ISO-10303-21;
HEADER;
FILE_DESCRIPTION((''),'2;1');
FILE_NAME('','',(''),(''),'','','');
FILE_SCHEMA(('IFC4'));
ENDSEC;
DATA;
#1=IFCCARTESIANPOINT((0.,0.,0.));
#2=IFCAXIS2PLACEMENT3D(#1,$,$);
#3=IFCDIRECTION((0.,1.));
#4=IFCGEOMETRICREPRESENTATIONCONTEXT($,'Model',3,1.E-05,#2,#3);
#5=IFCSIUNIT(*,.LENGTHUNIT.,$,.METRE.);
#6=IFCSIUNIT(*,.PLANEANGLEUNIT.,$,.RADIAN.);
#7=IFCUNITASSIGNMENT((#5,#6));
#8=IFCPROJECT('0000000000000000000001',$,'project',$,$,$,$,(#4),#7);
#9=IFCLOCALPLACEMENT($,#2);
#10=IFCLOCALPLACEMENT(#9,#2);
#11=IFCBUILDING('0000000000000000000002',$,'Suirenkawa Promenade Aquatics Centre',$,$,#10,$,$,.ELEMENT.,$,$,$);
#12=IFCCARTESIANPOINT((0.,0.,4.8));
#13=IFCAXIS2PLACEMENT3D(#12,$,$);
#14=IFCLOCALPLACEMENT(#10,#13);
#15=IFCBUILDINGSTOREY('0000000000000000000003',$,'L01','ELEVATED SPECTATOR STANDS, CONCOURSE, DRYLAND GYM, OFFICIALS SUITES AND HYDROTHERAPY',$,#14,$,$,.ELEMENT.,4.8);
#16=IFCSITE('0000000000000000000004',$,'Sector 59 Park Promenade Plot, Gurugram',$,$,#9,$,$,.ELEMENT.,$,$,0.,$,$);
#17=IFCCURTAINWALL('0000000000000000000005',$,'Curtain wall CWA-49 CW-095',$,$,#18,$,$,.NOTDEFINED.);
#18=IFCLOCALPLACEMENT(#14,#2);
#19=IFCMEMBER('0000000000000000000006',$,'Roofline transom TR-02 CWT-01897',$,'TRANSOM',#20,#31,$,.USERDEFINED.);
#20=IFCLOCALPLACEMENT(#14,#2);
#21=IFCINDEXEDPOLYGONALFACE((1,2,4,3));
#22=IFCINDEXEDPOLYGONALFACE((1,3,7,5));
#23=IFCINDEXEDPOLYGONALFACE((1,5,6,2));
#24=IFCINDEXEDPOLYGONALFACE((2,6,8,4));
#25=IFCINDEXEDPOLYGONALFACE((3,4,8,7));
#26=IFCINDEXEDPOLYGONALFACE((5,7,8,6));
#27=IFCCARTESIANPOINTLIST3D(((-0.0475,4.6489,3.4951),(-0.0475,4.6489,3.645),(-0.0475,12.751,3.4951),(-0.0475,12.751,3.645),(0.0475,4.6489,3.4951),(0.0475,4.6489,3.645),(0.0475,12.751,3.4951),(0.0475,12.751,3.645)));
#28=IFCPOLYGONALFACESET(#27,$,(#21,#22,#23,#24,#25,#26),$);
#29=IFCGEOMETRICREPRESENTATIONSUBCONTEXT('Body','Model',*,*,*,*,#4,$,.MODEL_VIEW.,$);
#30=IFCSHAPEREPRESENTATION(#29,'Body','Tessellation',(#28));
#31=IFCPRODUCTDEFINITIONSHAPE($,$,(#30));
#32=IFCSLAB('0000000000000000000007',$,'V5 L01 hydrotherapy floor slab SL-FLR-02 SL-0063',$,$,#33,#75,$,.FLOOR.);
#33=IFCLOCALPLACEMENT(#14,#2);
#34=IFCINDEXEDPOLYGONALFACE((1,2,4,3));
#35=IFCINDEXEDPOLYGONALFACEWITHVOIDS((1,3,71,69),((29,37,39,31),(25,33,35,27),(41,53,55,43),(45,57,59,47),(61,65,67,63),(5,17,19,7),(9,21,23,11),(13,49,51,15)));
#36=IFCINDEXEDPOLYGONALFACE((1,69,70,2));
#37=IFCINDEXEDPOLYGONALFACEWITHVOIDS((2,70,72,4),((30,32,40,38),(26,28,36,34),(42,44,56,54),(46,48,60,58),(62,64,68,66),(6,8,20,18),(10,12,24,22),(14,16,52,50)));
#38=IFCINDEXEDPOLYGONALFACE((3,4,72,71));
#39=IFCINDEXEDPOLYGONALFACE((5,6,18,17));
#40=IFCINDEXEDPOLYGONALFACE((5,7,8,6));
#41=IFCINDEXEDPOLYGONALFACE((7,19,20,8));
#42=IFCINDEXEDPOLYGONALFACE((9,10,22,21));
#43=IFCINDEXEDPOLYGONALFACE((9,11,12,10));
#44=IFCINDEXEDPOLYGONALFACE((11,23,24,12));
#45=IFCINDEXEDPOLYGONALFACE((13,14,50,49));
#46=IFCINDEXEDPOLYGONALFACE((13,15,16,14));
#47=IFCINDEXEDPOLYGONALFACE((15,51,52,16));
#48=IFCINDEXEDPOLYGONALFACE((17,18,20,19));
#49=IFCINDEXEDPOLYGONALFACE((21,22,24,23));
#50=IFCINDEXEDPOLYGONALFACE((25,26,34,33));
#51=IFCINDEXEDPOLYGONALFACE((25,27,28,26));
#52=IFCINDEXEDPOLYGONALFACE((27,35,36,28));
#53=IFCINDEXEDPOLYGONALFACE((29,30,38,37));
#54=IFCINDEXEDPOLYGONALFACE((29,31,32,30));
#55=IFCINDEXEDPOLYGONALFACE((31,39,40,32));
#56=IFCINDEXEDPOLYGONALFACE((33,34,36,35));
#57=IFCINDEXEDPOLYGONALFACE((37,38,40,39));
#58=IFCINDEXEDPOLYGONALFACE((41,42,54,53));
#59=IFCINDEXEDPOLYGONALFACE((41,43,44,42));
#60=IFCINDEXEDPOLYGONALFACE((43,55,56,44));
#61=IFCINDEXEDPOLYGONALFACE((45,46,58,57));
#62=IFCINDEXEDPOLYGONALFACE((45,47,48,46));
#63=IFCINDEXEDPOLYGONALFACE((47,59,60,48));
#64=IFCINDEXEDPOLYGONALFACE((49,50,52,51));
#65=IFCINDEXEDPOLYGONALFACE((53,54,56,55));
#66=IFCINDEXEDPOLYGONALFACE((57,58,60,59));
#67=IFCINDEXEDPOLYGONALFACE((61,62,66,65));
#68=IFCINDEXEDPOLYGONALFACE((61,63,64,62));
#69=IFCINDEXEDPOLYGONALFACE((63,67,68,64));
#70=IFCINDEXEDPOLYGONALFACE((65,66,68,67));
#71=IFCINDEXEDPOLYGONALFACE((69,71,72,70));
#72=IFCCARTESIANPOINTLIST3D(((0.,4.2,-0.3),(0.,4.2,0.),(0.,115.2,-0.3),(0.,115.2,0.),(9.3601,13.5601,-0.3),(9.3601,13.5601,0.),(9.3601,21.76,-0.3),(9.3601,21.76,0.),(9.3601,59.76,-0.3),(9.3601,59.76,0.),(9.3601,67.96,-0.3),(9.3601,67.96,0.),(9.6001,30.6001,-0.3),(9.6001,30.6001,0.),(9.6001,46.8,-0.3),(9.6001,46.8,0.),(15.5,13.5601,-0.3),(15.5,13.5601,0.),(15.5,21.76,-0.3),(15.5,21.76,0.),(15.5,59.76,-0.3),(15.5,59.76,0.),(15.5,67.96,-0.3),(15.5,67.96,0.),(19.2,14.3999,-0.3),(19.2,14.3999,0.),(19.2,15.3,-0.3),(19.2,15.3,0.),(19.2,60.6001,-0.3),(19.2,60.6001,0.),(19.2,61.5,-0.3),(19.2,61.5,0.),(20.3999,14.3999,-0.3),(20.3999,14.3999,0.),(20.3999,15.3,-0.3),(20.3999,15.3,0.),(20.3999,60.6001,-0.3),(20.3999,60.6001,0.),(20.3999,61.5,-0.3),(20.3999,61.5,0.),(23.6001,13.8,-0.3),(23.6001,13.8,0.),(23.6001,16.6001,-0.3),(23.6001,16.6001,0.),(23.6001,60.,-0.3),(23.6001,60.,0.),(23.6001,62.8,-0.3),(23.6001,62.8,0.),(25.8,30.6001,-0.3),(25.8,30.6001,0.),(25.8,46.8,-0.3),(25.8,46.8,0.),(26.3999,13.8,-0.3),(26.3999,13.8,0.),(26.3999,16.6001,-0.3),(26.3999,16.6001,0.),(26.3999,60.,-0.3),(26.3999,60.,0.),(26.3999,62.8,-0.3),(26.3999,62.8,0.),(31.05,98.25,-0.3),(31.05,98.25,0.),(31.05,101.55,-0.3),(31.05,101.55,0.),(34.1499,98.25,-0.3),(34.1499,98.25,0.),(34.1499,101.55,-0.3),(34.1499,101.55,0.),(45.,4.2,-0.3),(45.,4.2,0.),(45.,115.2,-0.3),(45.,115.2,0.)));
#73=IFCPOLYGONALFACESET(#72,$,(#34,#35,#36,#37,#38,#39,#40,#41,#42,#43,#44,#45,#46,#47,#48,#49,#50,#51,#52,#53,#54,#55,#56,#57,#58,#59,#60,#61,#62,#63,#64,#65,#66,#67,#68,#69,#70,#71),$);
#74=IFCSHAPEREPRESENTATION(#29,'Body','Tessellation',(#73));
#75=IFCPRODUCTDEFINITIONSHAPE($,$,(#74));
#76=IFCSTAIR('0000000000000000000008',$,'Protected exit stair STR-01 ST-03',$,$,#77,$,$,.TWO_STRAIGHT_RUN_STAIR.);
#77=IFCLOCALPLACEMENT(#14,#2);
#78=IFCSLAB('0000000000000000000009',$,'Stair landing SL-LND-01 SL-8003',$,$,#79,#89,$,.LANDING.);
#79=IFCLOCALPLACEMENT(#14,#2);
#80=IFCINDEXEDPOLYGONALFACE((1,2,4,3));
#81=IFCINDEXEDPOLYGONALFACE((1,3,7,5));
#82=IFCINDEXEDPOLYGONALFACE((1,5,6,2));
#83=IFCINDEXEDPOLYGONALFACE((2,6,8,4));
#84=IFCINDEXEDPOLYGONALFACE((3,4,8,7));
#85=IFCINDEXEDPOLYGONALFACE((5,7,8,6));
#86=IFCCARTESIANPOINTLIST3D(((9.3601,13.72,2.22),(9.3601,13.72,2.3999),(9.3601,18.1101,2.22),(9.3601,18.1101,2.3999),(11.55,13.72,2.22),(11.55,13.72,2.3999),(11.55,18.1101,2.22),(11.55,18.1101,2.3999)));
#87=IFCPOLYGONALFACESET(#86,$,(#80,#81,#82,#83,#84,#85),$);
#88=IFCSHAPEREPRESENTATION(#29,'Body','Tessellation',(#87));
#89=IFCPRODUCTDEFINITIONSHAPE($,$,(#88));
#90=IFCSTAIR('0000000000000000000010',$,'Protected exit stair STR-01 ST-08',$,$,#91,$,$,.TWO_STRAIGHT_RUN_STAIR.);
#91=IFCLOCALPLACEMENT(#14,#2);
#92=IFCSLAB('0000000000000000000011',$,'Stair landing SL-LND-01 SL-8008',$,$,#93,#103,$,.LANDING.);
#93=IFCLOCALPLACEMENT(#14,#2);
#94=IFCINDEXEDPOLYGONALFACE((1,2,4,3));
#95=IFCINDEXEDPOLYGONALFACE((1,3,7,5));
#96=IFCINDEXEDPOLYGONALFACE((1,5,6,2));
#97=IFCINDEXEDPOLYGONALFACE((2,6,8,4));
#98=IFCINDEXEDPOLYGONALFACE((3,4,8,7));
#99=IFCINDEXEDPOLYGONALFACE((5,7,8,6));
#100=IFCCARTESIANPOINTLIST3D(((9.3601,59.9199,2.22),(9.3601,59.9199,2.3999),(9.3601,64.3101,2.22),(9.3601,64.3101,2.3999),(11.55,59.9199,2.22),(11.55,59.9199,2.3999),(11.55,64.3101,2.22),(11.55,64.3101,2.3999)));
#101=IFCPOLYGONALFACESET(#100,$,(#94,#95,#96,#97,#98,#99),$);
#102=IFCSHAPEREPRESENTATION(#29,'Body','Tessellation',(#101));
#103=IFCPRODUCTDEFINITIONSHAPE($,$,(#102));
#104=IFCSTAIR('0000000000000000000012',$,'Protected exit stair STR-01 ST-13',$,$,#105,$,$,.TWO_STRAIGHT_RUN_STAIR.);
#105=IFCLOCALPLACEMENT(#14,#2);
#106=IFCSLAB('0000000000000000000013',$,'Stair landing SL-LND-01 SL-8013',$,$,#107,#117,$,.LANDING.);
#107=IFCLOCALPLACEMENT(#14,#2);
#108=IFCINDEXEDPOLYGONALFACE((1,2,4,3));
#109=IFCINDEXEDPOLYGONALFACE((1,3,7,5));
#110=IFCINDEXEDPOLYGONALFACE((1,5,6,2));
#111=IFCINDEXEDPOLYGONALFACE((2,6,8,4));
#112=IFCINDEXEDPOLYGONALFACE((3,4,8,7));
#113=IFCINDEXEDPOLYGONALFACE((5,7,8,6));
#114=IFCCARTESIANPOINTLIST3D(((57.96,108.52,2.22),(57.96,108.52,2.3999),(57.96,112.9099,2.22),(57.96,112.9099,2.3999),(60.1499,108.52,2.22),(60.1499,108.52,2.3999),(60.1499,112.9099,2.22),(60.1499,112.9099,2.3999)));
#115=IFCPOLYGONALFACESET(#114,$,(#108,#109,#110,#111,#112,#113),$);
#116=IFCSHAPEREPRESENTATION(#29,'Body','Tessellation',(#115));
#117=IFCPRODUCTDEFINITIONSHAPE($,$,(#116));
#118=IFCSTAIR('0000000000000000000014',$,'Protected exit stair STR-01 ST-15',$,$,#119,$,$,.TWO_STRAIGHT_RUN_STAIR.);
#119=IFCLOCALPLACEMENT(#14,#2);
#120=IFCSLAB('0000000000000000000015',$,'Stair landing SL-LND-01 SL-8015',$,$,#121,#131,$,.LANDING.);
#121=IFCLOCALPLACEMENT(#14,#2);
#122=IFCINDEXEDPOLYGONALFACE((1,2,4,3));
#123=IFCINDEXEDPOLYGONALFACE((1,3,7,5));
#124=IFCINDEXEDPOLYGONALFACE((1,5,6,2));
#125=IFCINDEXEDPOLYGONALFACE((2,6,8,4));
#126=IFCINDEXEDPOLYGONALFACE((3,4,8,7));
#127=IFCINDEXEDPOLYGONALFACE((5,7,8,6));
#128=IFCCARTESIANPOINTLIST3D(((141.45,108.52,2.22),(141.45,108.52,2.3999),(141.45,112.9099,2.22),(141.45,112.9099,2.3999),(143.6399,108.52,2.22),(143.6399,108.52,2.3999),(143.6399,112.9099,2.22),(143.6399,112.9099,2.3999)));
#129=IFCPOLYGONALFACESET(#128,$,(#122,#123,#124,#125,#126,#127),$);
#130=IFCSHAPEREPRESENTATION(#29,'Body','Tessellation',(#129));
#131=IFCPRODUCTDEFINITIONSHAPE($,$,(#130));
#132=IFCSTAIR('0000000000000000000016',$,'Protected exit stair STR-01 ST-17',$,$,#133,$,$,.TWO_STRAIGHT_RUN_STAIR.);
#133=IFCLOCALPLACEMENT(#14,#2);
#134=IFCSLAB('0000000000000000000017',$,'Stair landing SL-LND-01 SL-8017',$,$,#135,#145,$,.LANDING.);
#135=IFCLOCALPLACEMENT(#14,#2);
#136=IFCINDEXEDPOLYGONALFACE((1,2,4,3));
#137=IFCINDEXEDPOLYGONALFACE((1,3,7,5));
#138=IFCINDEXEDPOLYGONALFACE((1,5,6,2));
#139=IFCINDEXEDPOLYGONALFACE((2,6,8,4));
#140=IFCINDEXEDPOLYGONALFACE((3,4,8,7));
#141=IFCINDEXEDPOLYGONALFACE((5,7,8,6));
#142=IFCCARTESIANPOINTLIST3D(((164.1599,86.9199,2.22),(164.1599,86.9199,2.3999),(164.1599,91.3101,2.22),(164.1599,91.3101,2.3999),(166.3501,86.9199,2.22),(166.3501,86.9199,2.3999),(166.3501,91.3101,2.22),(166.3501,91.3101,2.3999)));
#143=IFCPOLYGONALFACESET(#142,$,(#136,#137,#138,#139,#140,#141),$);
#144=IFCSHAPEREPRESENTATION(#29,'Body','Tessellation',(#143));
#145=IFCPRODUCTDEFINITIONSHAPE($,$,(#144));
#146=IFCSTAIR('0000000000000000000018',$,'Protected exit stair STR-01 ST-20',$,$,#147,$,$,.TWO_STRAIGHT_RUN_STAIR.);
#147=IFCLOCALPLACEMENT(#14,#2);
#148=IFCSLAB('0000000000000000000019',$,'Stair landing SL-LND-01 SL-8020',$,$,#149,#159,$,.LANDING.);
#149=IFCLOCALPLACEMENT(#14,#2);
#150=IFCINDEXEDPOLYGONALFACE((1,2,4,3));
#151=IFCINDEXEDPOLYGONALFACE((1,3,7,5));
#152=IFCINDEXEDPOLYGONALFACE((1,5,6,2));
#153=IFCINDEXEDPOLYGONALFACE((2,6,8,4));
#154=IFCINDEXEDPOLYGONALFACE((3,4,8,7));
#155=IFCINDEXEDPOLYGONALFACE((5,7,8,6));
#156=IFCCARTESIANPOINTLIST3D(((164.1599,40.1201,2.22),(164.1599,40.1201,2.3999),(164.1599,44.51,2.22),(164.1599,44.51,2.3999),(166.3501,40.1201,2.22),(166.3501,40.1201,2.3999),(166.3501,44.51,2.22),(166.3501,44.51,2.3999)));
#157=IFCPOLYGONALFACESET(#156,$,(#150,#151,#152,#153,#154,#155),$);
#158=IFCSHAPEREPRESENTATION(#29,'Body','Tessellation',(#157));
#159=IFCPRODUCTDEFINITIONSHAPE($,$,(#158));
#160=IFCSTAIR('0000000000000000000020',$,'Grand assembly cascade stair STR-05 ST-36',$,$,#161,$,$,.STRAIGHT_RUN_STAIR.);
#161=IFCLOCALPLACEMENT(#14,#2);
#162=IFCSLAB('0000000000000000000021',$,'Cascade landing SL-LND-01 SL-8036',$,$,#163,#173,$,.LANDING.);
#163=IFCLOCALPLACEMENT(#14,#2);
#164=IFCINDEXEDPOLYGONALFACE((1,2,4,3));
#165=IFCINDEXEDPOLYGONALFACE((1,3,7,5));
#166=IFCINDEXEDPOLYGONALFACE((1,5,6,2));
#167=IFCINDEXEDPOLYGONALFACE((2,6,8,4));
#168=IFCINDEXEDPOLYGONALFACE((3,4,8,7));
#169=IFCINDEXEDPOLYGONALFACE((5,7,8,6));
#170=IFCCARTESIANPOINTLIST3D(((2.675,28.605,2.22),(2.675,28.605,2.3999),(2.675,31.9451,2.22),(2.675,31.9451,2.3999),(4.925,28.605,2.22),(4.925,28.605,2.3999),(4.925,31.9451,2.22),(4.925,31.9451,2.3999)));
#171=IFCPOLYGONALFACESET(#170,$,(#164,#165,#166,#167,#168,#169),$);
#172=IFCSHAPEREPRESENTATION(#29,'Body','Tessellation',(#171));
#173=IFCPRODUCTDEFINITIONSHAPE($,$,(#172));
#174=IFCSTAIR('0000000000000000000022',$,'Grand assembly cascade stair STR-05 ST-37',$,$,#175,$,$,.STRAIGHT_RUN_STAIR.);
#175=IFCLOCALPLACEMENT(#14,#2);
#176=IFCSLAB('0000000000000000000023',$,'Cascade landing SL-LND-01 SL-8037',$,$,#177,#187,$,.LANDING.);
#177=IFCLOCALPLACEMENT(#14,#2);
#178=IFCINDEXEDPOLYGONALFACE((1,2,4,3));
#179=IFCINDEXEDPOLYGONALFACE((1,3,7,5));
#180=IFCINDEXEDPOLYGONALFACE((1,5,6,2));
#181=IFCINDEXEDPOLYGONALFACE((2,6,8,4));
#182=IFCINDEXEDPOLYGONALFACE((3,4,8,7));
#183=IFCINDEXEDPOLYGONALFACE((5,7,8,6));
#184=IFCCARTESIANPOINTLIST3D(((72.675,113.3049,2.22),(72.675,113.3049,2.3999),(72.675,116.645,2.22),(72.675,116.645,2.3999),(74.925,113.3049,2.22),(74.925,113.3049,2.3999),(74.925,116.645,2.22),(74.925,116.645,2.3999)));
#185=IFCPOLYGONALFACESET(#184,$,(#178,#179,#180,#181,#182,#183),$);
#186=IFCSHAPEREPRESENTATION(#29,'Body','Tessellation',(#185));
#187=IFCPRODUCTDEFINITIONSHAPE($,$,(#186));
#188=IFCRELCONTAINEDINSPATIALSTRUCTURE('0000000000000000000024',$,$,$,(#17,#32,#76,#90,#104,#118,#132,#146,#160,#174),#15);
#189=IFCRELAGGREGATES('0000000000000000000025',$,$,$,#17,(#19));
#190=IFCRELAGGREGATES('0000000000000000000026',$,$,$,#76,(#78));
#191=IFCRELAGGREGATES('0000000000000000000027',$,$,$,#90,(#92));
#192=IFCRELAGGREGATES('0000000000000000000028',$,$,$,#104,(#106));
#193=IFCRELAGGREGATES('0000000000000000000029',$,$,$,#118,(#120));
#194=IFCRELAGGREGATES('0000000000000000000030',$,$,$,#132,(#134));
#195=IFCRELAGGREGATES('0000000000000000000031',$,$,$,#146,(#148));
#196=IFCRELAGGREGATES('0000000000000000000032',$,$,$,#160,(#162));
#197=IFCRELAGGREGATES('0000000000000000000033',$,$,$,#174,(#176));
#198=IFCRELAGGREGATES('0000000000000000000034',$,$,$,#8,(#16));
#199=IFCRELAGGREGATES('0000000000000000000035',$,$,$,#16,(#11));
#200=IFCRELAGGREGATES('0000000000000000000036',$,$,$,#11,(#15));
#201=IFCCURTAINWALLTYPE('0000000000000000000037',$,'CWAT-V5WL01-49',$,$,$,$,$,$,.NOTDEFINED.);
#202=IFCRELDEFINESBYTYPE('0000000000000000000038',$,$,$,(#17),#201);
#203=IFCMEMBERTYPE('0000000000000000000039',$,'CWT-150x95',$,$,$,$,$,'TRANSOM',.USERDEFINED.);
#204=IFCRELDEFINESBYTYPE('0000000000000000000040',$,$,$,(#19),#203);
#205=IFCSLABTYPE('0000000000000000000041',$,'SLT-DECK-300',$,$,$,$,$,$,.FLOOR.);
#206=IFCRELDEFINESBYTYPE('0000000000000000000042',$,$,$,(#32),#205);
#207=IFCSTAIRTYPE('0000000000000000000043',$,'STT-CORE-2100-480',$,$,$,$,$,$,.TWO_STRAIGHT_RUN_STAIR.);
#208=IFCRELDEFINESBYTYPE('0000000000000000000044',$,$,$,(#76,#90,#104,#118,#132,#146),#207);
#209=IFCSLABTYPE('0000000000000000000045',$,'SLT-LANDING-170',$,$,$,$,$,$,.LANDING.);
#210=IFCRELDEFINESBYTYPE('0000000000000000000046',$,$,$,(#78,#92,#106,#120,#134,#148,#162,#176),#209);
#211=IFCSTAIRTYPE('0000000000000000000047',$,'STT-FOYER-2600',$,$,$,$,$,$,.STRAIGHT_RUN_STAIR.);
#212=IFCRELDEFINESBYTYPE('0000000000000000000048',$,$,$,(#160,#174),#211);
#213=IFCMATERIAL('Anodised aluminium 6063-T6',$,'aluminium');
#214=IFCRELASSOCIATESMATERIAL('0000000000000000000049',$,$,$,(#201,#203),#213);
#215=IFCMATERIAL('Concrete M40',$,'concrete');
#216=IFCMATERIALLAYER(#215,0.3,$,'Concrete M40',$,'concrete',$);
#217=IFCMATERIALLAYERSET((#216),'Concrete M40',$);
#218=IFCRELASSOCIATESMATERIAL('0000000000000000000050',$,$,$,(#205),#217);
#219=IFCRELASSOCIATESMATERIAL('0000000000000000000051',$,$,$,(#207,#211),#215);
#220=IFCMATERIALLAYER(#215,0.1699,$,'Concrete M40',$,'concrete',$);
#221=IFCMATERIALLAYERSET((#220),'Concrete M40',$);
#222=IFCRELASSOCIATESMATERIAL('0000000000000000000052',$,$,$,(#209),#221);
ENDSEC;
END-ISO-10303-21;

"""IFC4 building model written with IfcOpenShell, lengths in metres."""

from ifc_helpers import new_model, si_unit, direction, frame, origin, origin_2d, place, context, subcontext, project, spatial, polyline, rectangle, outline, extrude, material, layer, layer_set, material_profile, profile_set, type_object, element, aggregate, save


model = new_model("IFC4")

# Units and contexts
model_context = context("Model", 3, precision=1e-05, world=origin(), true_north=direction((0.0, 1.0)))
body_context = subcontext(model_context, "Body", "Model", "MODEL_VIEW")
ifc_project = project(units=[si_unit("LENGTHUNIT", "METRE"), si_unit("PLANEANGLEUNIT", "RADIAN")], contexts=[model_context])

# Site, building, storey
site_placement = place(None, origin())
site = spatial("IfcSite", under=ifc_project, at=site_placement, Name="Sector 59 Park Promenade Plot, Gurugram", CompositionType="ELEMENT", RefElevation=0.0)
building_placement = place(site_placement, origin())
building = spatial("IfcBuilding", under=site, at=building_placement, Name="Suirenkawa Promenade Aquatics Centre", CompositionType="ELEMENT")
storey_placement = place(building_placement, frame((0.0, 0.0, 4.8)))
storey = spatial("IfcBuildingStorey", under=building, at=storey_placement, Name="L01", Description="ELEVATED SPECTATOR STANDS, CONCOURSE, DRYLAND GYM, OFFICIALS SUITES AND HYDROTHERAPY", CompositionType="ELEMENT", Elevation=4.8)

# Shared definitions
ifc_material_1 = material(Name="Concrete M40", Category="concrete")

# Curtain wall, member
ifc_material_2 = material(Name="Anodised aluminium 6063-T6", Category="aluminium")
curtain_wall_type = type_object("IfcCurtainWallType", Name="CWAT-V5WL01-49", PredefinedType="NOTDEFINED", material=ifc_material_2)
curtain_wall_placement = place(storey_placement, origin())
curtain_wall = element("IfcCurtainWall", 1, at=curtain_wall_placement, inside=storey, type_object=curtain_wall_type, Name="Curtain wall CWA-49 CW-095", PredefinedType="NOTDEFINED")
ifc_material_profile_1 = material_profile(ifc_material_2, rectangle(XDim=0.095, YDim=0.1499, at=origin_2d()), Name="ALU TRAN 95x150", Category="aluminium")
ifc_profile_set_1 = profile_set([ifc_material_profile_1], Name="Anodised aluminium 6063-T6")
member_type_1 = type_object("IfcMemberType", Name="CWT-150x95", ElementType="TRANSOM", PredefinedType="USERDEFINED", material=ifc_profile_set_1)
member_1_placement = place(storey_placement, frame((0.0, 4.6489, 3.5701), z_axis=(0.0, 1.0, 0.0), x_axis=(-1.0, 0.0, 0.0)))
member_1 = element("IfcMember", 2, at=member_1_placement, type_object=member_type_1, Name="Roofline transom TR-02 CWT-01897", ObjectType="TRANSOM", PredefinedType="USERDEFINED", context=body_context, shape_type="SweptSolid", body=[
    extrude(rectangle(XDim=0.095, YDim=0.1499, at=origin_2d()), origin(), (0.0, 0.0, 1.0), 8.1021),
])
aggregate(curtain_wall, [member_1])

# Slab
ifc_layer_1 = layer(ifc_material_1, 0.3, Name="Concrete M40", Category="concrete")
ifc_layer_set_1 = layer_set([ifc_layer_1], Name="Concrete M40")
slab_type_1 = type_object("IfcSlabType", Name="SLT-DECK-300", PredefinedType="FLOOR", material=ifc_layer_set_1)
slab_1_placement = place(storey_placement, frame((0.0, 0.0, -0.3)))
element("IfcSlab", 3, at=slab_1_placement, inside=storey, type_object=slab_type_1, Name="V5 L01 hydrotherapy floor slab SL-FLR-02 SL-0063", PredefinedType="FLOOR", context=body_context, shape_type="SweptSolid", body=[
    extrude(outline(polyline([(0.0, 4.2), (45.0, 4.2), (45.0, 115.2), (0.0, 115.2), (0.0, 4.2)]), holes=[polyline([(9.6001, 30.6001), (25.8, 30.6001), (25.8, 46.8), (9.6001, 46.8), (9.6001, 30.6001)]), polyline([(9.3601, 13.5601), (15.5, 13.5601), (15.5, 21.76), (9.3601, 21.76), (9.3601, 13.5601)]), polyline([(23.6001, 13.8), (26.3999, 13.8), (26.3999, 16.6001), (23.6001, 16.6001), (23.6001, 13.8)]), polyline([(9.3601, 59.76), (15.5, 59.76), (15.5, 67.96), (9.3601, 67.96), (9.3601, 59.76)]), polyline([(23.6001, 60.0), (26.3999, 60.0), (26.3999, 62.8), (23.6001, 62.8), (23.6001, 60.0)]), polyline([(19.2, 14.3999), (20.3999, 14.3999), (20.3999, 15.3), (19.2, 15.3), (19.2, 14.3999)]), polyline([(19.2, 60.6001), (20.3999, 60.6001), (20.3999, 61.5), (19.2, 61.5), (19.2, 60.6001)]), polyline([(31.05, 98.25), (34.1499, 98.25), (34.1499, 101.55), (31.05, 101.55), (31.05, 98.25)])]), origin(), (0.0, 0.0, 1.0), 0.3),
])

# Stairs, slabs
stair_type_1 = type_object("IfcStairType", Name="STT-CORE-2100-480", PredefinedType="TWO_STRAIGHT_RUN_STAIR", material=ifc_material_1)
stair_1_placement = place(storey_placement, origin())
stair_1 = element("IfcStair", 4, at=stair_1_placement, inside=storey, type_object=stair_type_1, Name="Protected exit stair STR-01 ST-03", PredefinedType="TWO_STRAIGHT_RUN_STAIR")
ifc_layer_2 = layer(ifc_material_1, 0.1699, Name="Concrete M40", Category="concrete")
ifc_layer_set_2 = layer_set([ifc_layer_2], Name="Concrete M40")
slab_type_2 = type_object("IfcSlabType", Name="SLT-LANDING-170", PredefinedType="LANDING", material=ifc_layer_set_2)
slab_2_placement = place(storey_placement, frame((0.0, 0.0, 2.22)))
slab_2 = element("IfcSlab", 5, at=slab_2_placement, type_object=slab_type_2, Name="Stair landing SL-LND-01 SL-8003", PredefinedType="LANDING", context=body_context, shape_type="SweptSolid", body=[
    extrude(outline(polyline([(9.3601, 13.72), (11.55, 13.72), (11.55, 18.1101), (9.3601, 18.1101), (9.3601, 13.72)])), origin(), (0.0, 0.0, 1.0), 0.1799),
])
aggregate(stair_1, [slab_2])
stair_2_placement = place(storey_placement, origin())
stair_2 = element("IfcStair", 6, at=stair_2_placement, inside=storey, type_object=stair_type_1, Name="Protected exit stair STR-01 ST-08", PredefinedType="TWO_STRAIGHT_RUN_STAIR")
slab_3_placement = place(storey_placement, frame((0.0, 0.0, 2.22)))
slab_3 = element("IfcSlab", 7, at=slab_3_placement, type_object=slab_type_2, Name="Stair landing SL-LND-01 SL-8008", PredefinedType="LANDING", context=body_context, shape_type="SweptSolid", body=[
    extrude(outline(polyline([(9.3601, 59.9199), (11.55, 59.9199), (11.55, 64.3101), (9.3601, 64.3101), (9.3601, 59.9199)])), origin(), (0.0, 0.0, 1.0), 0.1799),
])
aggregate(stair_2, [slab_3])
stair_3_placement = place(storey_placement, origin())
stair_3 = element("IfcStair", 8, at=stair_3_placement, inside=storey, type_object=stair_type_1, Name="Protected exit stair STR-01 ST-13", PredefinedType="TWO_STRAIGHT_RUN_STAIR")
slab_4_placement = place(storey_placement, frame((0.0, 0.0, 2.22)))
slab_4 = element("IfcSlab", 9, at=slab_4_placement, type_object=slab_type_2, Name="Stair landing SL-LND-01 SL-8013", PredefinedType="LANDING", context=body_context, shape_type="SweptSolid", body=[
    extrude(outline(polyline([(57.96, 108.52), (60.1499, 108.52), (60.1499, 112.9099), (57.96, 112.9099), (57.96, 108.52)])), origin(), (0.0, 0.0, 1.0), 0.1799),
])
aggregate(stair_3, [slab_4])
stair_4_placement = place(storey_placement, origin())
stair_4 = element("IfcStair", 10, at=stair_4_placement, inside=storey, type_object=stair_type_1, Name="Protected exit stair STR-01 ST-15", PredefinedType="TWO_STRAIGHT_RUN_STAIR")
slab_5_placement = place(storey_placement, frame((0.0, 0.0, 2.22)))
slab_5 = element("IfcSlab", 11, at=slab_5_placement, type_object=slab_type_2, Name="Stair landing SL-LND-01 SL-8015", PredefinedType="LANDING", context=body_context, shape_type="SweptSolid", body=[
    extrude(outline(polyline([(141.45, 108.52), (143.6399, 108.52), (143.6399, 112.9099), (141.45, 112.9099), (141.45, 108.52)])), origin(), (0.0, 0.0, 1.0), 0.1799),
])
aggregate(stair_4, [slab_5])
stair_5_placement = place(storey_placement, origin())
stair_5 = element("IfcStair", 12, at=stair_5_placement, inside=storey, type_object=stair_type_1, Name="Protected exit stair STR-01 ST-17", PredefinedType="TWO_STRAIGHT_RUN_STAIR")
slab_6_placement = place(storey_placement, frame((0.0, 0.0, 2.22)))
slab_6 = element("IfcSlab", 13, at=slab_6_placement, type_object=slab_type_2, Name="Stair landing SL-LND-01 SL-8017", PredefinedType="LANDING", context=body_context, shape_type="SweptSolid", body=[
    extrude(outline(polyline([(164.1599, 86.9199), (166.3501, 86.9199), (166.3501, 91.3101), (164.1599, 91.3101), (164.1599, 86.9199)])), origin(), (0.0, 0.0, 1.0), 0.1799),
])
aggregate(stair_5, [slab_6])
stair_6_placement = place(storey_placement, origin())
stair_6 = element("IfcStair", 14, at=stair_6_placement, inside=storey, type_object=stair_type_1, Name="Protected exit stair STR-01 ST-20", PredefinedType="TWO_STRAIGHT_RUN_STAIR")
slab_7_placement = place(storey_placement, frame((0.0, 0.0, 2.22)))
slab_7 = element("IfcSlab", 15, at=slab_7_placement, type_object=slab_type_2, Name="Stair landing SL-LND-01 SL-8020", PredefinedType="LANDING", context=body_context, shape_type="SweptSolid", body=[
    extrude(outline(polyline([(164.1599, 40.1201), (166.3501, 40.1201), (166.3501, 44.51), (164.1599, 44.51), (164.1599, 40.1201)])), origin(), (0.0, 0.0, 1.0), 0.1799),
])
aggregate(stair_6, [slab_7])
stair_type_2 = type_object("IfcStairType", Name="STT-FOYER-2600", PredefinedType="STRAIGHT_RUN_STAIR", material=ifc_material_1)
stair_7_placement = place(storey_placement, origin())
stair_7 = element("IfcStair", 16, at=stair_7_placement, inside=storey, type_object=stair_type_2, Name="Grand assembly cascade stair STR-05 ST-36", PredefinedType="STRAIGHT_RUN_STAIR")
slab_8_placement = place(storey_placement, frame((0.0, 0.0, 2.22)))
slab_8 = element("IfcSlab", 17, at=slab_8_placement, type_object=slab_type_2, Name="Cascade landing SL-LND-01 SL-8036", PredefinedType="LANDING", context=body_context, shape_type="SweptSolid", body=[
    extrude(outline(polyline([(2.675, 28.605), (4.925, 28.605), (4.925, 31.9451), (2.675, 31.9451), (2.675, 28.605)])), origin(), (0.0, 0.0, 1.0), 0.1799),
])
aggregate(stair_7, [slab_8])
stair_8_placement = place(storey_placement, origin())
stair_8 = element("IfcStair", 18, at=stair_8_placement, inside=storey, type_object=stair_type_2, Name="Grand assembly cascade stair STR-05 ST-37", PredefinedType="STRAIGHT_RUN_STAIR")
slab_9_placement = place(storey_placement, frame((0.0, 0.0, 2.22)))
slab_9 = element("IfcSlab", 19, at=slab_9_placement, type_object=slab_type_2, Name="Cascade landing SL-LND-01 SL-8037", PredefinedType="LANDING", context=body_context, shape_type="SweptSolid", body=[
    extrude(outline(polyline([(72.675, 113.3049), (74.925, 113.3049), (74.925, 116.645), (72.675, 116.645), (72.675, 113.3049)])), origin(), (0.0, 0.0, 1.0), 0.1799),
])
aggregate(stair_8, [slab_9])

save(model, "model.ifc")
